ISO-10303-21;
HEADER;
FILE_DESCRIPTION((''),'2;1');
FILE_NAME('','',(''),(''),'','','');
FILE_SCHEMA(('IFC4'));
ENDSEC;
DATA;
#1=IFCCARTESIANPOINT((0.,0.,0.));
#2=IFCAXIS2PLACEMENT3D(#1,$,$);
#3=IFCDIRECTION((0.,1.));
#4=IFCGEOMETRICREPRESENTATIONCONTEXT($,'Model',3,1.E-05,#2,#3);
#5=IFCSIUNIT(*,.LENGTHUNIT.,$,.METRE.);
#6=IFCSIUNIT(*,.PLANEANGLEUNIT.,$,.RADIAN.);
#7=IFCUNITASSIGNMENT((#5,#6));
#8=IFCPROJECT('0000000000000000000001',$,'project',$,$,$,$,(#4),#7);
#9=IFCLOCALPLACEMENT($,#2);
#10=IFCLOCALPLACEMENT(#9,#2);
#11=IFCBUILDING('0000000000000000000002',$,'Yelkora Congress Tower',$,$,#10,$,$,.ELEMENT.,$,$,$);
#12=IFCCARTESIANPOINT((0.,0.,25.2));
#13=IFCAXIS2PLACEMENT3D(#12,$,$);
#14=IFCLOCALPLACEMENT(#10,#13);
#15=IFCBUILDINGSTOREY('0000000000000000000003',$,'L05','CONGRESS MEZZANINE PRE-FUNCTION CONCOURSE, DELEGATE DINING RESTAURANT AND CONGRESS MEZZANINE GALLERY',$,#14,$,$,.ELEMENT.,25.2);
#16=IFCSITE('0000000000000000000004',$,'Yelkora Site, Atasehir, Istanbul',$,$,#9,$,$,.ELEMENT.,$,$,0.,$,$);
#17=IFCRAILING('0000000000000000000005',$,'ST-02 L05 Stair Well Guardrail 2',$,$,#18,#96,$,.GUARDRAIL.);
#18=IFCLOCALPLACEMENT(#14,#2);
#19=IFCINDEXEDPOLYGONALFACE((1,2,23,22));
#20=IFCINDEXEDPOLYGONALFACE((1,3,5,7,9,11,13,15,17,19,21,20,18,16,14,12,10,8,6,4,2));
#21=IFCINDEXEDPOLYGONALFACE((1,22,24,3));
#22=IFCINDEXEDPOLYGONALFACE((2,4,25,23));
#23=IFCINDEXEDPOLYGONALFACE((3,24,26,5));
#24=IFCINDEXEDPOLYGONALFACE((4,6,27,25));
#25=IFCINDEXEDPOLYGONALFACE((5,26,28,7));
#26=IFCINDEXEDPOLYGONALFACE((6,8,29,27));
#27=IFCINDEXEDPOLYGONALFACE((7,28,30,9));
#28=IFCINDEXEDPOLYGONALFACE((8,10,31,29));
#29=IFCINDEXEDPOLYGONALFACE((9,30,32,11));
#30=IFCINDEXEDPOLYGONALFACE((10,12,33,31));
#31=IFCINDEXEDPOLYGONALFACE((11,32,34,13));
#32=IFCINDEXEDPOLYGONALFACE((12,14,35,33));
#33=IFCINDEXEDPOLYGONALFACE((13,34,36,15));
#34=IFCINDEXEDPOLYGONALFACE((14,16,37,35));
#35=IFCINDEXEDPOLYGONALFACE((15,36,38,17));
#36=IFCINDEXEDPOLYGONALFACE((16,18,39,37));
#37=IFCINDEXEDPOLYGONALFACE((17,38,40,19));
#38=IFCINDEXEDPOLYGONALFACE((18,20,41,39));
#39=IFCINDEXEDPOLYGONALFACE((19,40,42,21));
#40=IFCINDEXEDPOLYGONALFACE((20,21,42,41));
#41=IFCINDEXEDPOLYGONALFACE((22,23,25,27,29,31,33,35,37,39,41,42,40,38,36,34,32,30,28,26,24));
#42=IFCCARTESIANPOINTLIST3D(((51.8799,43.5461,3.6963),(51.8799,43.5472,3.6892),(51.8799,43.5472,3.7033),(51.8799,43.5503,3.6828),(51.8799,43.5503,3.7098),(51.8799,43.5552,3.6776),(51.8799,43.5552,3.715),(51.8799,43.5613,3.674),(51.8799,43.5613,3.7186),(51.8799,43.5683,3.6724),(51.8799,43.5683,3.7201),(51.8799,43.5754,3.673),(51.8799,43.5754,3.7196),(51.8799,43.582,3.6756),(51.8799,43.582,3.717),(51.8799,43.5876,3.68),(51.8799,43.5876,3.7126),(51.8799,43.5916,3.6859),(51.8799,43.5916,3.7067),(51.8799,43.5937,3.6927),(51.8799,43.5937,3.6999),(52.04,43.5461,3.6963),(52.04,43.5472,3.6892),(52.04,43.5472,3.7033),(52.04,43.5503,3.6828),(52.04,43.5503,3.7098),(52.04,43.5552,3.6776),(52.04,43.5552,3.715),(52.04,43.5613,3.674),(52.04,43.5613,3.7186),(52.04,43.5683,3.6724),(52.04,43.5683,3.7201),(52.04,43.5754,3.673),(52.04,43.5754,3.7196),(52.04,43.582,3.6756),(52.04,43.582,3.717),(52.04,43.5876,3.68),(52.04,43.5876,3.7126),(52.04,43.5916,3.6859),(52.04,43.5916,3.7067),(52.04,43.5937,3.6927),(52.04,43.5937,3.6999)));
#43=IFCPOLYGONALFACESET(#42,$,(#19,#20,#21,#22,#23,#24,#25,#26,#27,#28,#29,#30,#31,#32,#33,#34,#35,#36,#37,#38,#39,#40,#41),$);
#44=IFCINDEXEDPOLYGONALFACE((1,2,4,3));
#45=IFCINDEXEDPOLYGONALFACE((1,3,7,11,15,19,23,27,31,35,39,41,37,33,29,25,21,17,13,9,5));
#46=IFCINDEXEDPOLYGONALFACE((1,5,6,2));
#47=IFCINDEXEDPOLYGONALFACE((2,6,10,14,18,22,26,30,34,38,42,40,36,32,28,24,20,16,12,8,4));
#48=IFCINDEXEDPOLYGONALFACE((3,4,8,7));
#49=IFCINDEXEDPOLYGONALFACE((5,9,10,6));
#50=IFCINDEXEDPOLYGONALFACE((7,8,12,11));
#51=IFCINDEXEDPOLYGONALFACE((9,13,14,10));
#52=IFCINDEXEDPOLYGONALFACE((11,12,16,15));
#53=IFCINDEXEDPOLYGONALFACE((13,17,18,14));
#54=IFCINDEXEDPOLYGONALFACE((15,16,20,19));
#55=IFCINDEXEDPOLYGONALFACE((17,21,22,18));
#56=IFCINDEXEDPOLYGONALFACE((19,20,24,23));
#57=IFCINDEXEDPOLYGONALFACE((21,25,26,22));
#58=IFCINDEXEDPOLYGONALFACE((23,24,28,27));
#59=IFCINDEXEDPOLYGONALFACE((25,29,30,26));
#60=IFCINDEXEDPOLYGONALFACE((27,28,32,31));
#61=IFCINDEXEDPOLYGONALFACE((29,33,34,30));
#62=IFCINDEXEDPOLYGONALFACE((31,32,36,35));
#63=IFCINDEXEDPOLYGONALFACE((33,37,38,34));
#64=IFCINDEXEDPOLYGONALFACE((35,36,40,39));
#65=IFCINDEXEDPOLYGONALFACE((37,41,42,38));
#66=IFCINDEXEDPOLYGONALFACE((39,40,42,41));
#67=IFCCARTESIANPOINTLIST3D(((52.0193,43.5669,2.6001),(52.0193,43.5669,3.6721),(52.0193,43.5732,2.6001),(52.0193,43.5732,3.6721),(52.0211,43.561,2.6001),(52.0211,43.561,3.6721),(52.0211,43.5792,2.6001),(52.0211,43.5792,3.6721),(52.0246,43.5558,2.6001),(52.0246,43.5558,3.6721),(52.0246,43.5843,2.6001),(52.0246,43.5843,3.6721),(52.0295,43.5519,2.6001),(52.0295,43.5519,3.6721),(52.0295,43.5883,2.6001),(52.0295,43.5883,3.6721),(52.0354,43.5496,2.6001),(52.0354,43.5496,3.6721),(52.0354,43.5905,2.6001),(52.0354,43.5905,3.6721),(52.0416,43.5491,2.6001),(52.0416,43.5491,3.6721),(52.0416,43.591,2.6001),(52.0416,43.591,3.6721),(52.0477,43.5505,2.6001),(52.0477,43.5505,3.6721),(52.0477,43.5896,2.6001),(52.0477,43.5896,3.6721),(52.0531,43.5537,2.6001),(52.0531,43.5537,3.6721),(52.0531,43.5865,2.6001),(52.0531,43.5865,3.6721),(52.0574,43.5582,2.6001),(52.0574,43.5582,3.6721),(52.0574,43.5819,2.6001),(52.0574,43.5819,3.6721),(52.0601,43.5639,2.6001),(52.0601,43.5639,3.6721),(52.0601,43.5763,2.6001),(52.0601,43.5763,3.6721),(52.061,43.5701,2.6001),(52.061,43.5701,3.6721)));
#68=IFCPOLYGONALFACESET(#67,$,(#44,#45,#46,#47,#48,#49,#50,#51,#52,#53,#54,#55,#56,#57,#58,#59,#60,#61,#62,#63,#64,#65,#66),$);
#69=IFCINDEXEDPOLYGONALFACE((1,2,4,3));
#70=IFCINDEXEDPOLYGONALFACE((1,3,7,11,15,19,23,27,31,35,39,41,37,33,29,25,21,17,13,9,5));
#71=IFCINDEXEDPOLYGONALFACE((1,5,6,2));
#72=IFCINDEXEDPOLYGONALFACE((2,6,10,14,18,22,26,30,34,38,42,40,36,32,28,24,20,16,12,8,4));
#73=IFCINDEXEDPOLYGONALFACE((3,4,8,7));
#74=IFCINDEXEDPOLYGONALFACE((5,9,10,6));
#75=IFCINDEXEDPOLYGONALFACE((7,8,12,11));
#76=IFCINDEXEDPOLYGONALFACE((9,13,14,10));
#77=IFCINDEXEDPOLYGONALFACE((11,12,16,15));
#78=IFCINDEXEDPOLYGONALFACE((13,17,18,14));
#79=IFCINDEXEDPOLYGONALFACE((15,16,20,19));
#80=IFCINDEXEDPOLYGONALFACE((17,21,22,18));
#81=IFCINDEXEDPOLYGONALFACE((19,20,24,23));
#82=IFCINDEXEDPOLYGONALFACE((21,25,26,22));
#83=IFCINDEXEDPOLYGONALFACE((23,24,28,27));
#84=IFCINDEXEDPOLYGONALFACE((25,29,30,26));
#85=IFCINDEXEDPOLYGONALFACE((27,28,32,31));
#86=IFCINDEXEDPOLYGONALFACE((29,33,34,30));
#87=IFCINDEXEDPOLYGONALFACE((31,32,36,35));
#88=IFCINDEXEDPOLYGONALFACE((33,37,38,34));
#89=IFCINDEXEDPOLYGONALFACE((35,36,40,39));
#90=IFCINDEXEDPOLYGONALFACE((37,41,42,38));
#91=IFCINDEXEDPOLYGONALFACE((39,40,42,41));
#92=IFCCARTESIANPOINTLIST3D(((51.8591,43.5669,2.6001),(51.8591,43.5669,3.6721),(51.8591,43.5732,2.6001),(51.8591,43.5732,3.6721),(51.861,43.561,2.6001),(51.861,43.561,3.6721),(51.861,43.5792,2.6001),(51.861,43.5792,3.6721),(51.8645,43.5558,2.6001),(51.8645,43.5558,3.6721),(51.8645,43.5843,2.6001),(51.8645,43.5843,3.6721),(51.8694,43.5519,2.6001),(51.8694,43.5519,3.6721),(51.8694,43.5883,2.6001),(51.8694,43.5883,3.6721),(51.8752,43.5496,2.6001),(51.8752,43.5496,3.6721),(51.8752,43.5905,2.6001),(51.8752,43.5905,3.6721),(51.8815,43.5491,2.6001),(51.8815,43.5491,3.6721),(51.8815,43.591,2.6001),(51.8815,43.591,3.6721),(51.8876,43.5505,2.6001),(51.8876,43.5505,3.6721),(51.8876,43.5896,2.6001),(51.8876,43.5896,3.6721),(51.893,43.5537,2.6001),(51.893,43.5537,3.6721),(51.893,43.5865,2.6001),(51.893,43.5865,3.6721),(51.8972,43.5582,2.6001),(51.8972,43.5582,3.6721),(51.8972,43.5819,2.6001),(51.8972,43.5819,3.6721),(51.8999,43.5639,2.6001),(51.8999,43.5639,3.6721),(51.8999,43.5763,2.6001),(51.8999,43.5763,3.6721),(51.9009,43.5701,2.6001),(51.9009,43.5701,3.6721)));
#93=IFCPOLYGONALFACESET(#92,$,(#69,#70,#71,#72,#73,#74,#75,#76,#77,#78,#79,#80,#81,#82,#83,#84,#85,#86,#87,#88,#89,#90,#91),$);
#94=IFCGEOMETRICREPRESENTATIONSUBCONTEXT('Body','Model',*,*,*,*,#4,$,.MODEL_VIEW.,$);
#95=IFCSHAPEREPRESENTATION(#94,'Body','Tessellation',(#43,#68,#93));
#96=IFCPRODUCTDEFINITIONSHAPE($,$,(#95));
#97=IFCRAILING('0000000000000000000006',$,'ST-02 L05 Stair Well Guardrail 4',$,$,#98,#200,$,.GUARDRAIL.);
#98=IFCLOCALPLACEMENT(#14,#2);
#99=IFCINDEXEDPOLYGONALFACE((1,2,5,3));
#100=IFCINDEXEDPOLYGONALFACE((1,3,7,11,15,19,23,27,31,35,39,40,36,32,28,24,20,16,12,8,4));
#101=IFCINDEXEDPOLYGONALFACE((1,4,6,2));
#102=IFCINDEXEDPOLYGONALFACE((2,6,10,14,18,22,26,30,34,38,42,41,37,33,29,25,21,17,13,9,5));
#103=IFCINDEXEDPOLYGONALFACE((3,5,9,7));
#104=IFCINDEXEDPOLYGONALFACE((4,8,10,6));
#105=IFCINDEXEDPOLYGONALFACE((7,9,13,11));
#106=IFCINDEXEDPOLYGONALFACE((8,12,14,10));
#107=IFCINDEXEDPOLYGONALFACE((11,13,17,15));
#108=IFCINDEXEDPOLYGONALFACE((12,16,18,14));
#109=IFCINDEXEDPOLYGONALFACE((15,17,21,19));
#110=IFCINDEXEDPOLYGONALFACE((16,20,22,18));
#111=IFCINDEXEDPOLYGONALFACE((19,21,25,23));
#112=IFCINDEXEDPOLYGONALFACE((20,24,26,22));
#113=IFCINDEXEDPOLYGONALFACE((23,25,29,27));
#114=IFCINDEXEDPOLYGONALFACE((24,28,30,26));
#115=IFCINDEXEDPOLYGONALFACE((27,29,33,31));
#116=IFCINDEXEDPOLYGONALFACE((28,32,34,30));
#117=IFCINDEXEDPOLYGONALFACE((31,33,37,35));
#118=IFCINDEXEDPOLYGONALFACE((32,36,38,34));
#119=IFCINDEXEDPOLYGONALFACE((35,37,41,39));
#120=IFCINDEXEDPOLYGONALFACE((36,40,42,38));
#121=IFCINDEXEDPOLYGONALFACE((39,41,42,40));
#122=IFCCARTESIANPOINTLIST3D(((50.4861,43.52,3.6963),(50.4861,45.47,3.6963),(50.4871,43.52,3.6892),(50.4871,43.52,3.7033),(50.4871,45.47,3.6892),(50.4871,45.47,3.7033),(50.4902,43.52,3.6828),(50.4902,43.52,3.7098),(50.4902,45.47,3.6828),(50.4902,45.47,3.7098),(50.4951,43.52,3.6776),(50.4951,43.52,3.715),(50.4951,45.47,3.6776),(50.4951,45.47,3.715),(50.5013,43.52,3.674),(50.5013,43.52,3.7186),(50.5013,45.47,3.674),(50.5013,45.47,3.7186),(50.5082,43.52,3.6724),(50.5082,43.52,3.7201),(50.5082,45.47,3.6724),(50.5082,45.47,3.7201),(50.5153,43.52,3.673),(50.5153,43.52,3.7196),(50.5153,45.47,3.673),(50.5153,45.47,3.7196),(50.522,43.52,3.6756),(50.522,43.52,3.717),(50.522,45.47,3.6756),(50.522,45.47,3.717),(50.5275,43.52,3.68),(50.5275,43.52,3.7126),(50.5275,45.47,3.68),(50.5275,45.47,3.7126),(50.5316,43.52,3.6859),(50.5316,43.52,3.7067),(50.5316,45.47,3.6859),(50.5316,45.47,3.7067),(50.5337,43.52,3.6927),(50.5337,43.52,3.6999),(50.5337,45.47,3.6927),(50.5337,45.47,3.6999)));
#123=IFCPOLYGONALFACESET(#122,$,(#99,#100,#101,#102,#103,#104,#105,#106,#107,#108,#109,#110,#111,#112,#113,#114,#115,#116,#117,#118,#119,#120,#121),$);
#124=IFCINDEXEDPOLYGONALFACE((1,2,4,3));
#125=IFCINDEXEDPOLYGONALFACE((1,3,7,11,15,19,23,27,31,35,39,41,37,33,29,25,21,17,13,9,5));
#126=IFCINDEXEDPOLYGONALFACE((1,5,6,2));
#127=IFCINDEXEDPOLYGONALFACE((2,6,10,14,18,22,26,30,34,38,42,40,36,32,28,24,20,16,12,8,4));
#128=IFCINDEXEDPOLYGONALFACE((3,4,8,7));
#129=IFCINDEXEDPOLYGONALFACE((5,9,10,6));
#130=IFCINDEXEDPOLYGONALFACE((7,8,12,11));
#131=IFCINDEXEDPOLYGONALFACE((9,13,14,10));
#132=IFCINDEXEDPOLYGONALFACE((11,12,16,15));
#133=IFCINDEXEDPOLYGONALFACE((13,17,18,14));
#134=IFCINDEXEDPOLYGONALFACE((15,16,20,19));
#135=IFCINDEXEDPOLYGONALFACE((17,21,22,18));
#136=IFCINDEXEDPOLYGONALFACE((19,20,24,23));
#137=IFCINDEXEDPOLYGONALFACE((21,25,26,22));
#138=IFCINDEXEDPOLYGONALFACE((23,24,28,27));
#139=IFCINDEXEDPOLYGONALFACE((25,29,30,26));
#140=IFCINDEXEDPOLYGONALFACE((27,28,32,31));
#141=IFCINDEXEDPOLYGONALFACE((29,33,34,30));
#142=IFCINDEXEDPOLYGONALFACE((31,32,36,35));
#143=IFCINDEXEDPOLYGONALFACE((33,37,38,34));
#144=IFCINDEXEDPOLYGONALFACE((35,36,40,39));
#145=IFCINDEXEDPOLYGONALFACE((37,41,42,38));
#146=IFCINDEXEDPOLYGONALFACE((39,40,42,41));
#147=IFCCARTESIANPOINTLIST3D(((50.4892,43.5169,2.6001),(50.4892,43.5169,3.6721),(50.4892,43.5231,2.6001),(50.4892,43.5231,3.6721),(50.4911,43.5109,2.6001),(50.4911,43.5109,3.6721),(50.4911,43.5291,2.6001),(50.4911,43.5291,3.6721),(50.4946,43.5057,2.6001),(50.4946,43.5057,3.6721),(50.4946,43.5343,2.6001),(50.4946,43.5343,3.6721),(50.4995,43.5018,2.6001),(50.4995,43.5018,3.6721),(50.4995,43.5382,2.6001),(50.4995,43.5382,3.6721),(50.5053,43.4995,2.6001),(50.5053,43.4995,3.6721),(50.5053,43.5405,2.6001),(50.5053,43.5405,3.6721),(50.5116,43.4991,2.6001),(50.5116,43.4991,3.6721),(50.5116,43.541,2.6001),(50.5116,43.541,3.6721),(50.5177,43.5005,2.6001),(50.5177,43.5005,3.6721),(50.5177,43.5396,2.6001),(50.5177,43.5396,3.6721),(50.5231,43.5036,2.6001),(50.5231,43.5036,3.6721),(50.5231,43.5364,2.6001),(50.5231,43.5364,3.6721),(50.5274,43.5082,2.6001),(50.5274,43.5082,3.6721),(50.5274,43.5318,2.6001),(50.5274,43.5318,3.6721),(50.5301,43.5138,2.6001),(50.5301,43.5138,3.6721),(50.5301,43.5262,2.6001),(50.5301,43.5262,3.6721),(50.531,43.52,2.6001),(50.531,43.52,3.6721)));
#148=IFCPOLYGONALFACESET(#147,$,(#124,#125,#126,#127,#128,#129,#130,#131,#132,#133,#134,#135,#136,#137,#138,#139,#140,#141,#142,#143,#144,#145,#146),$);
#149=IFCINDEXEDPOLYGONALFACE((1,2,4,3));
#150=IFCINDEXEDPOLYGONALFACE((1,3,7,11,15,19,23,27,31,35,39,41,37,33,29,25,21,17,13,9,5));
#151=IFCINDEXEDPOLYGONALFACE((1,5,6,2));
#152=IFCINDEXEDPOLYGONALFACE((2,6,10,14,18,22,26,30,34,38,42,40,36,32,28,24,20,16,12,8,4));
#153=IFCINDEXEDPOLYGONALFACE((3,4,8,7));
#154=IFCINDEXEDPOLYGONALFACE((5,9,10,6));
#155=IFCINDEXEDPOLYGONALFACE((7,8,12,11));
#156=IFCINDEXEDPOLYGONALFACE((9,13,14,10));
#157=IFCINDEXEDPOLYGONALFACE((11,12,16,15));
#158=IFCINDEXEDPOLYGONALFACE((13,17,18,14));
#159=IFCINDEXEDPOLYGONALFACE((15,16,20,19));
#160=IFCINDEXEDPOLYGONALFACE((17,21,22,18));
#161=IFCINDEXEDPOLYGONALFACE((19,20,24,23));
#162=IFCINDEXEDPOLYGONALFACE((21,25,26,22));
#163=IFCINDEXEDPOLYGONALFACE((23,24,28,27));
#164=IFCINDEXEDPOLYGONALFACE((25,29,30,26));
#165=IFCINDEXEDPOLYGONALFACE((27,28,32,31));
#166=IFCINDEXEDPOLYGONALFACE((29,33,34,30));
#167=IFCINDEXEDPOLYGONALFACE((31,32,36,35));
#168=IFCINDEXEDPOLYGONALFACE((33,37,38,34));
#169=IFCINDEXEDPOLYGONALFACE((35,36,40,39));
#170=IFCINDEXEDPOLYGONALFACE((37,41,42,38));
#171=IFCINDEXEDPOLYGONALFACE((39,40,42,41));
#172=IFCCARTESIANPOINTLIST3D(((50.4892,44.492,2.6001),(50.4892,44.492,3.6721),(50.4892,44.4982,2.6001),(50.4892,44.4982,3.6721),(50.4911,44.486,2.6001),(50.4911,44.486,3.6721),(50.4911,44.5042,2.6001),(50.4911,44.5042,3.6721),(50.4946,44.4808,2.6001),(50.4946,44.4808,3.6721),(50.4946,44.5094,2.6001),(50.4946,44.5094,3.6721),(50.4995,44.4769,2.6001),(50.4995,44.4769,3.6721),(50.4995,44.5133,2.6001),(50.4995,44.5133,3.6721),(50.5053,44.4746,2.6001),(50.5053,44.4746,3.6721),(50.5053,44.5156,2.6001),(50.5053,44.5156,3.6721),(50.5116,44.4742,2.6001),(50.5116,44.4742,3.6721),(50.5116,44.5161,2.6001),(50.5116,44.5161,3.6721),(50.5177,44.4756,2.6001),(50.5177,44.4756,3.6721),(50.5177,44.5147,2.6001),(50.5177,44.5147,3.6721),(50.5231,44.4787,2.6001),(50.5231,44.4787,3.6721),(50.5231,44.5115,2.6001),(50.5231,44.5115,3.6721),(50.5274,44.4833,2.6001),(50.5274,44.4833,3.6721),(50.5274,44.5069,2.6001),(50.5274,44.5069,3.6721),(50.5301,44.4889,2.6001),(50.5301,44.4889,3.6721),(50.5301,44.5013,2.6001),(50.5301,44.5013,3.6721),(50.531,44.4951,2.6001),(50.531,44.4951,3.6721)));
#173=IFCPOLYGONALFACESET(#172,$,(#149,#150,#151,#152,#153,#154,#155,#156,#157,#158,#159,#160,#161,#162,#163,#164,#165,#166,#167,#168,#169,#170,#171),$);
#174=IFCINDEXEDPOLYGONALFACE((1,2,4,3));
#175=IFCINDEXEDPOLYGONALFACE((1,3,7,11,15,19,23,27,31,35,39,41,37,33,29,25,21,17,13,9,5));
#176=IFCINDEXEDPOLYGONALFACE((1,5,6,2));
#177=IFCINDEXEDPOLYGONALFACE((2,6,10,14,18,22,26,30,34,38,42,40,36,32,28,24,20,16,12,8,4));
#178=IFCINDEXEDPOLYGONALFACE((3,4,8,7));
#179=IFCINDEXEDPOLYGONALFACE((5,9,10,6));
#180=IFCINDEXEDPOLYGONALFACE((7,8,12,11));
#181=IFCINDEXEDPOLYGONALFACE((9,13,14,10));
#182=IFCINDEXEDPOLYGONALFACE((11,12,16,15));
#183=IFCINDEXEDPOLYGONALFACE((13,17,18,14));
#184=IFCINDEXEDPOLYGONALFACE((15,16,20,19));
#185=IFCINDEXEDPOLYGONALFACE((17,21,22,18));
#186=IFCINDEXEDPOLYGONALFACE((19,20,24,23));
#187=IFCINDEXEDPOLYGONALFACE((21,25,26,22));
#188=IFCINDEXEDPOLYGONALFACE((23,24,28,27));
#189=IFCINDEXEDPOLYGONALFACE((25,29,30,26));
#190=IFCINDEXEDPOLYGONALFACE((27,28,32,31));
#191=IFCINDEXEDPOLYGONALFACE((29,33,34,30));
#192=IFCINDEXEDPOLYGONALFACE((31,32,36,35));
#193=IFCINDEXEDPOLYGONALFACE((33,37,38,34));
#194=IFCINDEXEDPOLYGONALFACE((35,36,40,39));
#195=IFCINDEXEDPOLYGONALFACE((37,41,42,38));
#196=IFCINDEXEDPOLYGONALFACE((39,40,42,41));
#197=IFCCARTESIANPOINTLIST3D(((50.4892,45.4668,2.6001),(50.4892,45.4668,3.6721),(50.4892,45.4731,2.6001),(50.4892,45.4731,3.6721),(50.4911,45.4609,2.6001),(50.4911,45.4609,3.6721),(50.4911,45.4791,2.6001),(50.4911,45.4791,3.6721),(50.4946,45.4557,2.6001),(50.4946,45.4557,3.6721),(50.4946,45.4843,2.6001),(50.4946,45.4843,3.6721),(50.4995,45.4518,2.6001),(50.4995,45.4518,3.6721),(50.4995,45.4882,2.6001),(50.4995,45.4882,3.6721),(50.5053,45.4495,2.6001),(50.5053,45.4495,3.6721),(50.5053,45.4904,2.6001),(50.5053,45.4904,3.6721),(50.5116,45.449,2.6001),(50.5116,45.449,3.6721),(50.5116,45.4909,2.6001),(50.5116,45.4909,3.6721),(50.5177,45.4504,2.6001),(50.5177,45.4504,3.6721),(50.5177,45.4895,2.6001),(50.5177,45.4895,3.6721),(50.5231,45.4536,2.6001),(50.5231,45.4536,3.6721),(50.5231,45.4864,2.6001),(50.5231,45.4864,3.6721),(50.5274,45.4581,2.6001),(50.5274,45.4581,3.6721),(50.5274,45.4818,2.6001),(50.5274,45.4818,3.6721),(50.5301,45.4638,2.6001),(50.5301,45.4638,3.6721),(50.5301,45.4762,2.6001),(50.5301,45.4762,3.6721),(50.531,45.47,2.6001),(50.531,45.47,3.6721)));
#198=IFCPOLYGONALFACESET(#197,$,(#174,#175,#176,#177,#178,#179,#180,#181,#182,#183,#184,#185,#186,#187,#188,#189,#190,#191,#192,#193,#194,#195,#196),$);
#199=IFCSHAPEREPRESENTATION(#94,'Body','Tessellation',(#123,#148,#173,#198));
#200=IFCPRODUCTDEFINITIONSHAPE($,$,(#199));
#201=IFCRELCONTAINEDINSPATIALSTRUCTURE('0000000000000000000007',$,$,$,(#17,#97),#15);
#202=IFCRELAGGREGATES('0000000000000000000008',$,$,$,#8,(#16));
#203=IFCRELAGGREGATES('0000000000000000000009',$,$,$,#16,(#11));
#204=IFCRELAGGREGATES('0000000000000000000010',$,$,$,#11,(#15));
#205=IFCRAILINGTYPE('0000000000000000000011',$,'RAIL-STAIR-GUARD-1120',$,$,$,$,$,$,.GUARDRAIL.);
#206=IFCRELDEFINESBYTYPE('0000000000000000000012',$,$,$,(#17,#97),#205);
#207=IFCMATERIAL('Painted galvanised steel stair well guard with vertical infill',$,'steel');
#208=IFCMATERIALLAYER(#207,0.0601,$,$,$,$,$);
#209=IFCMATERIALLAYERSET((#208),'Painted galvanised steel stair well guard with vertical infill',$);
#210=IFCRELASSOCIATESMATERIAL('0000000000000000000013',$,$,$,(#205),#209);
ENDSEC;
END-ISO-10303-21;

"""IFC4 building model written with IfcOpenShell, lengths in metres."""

from ifc_helpers import new_model, si_unit, direction, frame, origin, origin_2d, place, context, subcontext, project, spatial, circle, extrude, material, layer, layer_set, type_object, element, save


model = new_model("IFC4")

# Units and contexts
model_context = context("Model", 3, precision=1e-05, world=origin(), true_north=direction((0.0, 1.0)))
body_context = subcontext(model_context, "Body", "Model", "MODEL_VIEW")
ifc_project = project(units=[si_unit("LENGTHUNIT", "METRE"), si_unit("PLANEANGLEUNIT", "RADIAN")], contexts=[model_context])

# Site, building, storey
site_placement = place(None, origin())
site = spatial("IfcSite", under=ifc_project, at=site_placement, Name="Yelkora Site, Atasehir, Istanbul", CompositionType="ELEMENT", RefElevation=0.0)
building_placement = place(site_placement, origin())
building = spatial("IfcBuilding", under=site, at=building_placement, Name="Yelkora Congress Tower", CompositionType="ELEMENT")
storey_placement = place(building_placement, frame((0.0, 0.0, 25.2)))
storey = spatial("IfcBuildingStorey", under=building, at=storey_placement, Name="L05", Description="CONGRESS MEZZANINE PRE-FUNCTION CONCOURSE, DELEGATE DINING RESTAURANT AND CONGRESS MEZZANINE GALLERY", CompositionType="ELEMENT", Elevation=25.2)

# Railings
ifc_material_1 = material(Name="Painted galvanised steel stair well guard with vertical infill", Category="steel")
ifc_layer_1 = layer(ifc_material_1, 0.0601)
ifc_layer_set_1 = layer_set([ifc_layer_1], Name="Painted galvanised steel stair well guard with vertical infill")
railing_type_1 = type_object("IfcRailingType", Name="RAIL-STAIR-GUARD-1120", PredefinedType="GUARDRAIL", material=ifc_layer_set_1)
railing_1_placement = place(storey_placement, frame((52.04, 43.5701, 2.6001)))
element("IfcRailing", 1, at=railing_1_placement, inside=storey, type_object=railing_type_1, Name="ST-02 L05 Stair Well Guardrail 2", PredefinedType="GUARDRAIL", context=body_context, shape_type="SweptSolid", body=[
    extrude(circle(Radius=0.0239, at=origin_2d()), frame((0.0, 0.0, 1.0962), z_axis=(-1.0, 0.0, 0.0), x_axis=(0.0, -1.0, 0.0)), (0.0, 0.0, 1.0), 0.1602),
    extrude(circle(Radius=0.021, at=origin_2d()), origin(), (0.0, 0.0, 1.0), 1.072),
    extrude(circle(Radius=0.021, at=origin_2d()), frame((-0.1602, 0.0, 0.0)), (0.0, 0.0, 1.0), 1.072),
])
railing_2_placement = place(storey_placement, frame((50.51, 43.52, 2.6001)))
element("IfcRailing", 2, at=railing_2_placement, inside=storey, type_object=railing_type_1, Name="ST-02 L05 Stair Well Guardrail 4", PredefinedType="GUARDRAIL", context=body_context, shape_type="SweptSolid", body=[
    extrude(circle(Radius=0.0239, at=origin_2d()), frame((0.0, 0.0, 1.0962), z_axis=(0.0, 1.0, 0.0), x_axis=(-1.0, 0.0, 0.0)), (0.0, 0.0, 1.0), 1.95),
    extrude(circle(Radius=0.021, at=origin_2d()), origin(), (0.0, 0.0, 1.0), 1.072),
    extrude(circle(Radius=0.021, at=origin_2d()), frame((0.0, 0.9751, 0.0)), (0.0, 0.0, 1.0), 1.072),
    extrude(circle(Radius=0.021, at=origin_2d()), frame((0.0, 1.95, 0.0)), (0.0, 0.0, 1.0), 1.072),
])

save(model, "model.ifc")
